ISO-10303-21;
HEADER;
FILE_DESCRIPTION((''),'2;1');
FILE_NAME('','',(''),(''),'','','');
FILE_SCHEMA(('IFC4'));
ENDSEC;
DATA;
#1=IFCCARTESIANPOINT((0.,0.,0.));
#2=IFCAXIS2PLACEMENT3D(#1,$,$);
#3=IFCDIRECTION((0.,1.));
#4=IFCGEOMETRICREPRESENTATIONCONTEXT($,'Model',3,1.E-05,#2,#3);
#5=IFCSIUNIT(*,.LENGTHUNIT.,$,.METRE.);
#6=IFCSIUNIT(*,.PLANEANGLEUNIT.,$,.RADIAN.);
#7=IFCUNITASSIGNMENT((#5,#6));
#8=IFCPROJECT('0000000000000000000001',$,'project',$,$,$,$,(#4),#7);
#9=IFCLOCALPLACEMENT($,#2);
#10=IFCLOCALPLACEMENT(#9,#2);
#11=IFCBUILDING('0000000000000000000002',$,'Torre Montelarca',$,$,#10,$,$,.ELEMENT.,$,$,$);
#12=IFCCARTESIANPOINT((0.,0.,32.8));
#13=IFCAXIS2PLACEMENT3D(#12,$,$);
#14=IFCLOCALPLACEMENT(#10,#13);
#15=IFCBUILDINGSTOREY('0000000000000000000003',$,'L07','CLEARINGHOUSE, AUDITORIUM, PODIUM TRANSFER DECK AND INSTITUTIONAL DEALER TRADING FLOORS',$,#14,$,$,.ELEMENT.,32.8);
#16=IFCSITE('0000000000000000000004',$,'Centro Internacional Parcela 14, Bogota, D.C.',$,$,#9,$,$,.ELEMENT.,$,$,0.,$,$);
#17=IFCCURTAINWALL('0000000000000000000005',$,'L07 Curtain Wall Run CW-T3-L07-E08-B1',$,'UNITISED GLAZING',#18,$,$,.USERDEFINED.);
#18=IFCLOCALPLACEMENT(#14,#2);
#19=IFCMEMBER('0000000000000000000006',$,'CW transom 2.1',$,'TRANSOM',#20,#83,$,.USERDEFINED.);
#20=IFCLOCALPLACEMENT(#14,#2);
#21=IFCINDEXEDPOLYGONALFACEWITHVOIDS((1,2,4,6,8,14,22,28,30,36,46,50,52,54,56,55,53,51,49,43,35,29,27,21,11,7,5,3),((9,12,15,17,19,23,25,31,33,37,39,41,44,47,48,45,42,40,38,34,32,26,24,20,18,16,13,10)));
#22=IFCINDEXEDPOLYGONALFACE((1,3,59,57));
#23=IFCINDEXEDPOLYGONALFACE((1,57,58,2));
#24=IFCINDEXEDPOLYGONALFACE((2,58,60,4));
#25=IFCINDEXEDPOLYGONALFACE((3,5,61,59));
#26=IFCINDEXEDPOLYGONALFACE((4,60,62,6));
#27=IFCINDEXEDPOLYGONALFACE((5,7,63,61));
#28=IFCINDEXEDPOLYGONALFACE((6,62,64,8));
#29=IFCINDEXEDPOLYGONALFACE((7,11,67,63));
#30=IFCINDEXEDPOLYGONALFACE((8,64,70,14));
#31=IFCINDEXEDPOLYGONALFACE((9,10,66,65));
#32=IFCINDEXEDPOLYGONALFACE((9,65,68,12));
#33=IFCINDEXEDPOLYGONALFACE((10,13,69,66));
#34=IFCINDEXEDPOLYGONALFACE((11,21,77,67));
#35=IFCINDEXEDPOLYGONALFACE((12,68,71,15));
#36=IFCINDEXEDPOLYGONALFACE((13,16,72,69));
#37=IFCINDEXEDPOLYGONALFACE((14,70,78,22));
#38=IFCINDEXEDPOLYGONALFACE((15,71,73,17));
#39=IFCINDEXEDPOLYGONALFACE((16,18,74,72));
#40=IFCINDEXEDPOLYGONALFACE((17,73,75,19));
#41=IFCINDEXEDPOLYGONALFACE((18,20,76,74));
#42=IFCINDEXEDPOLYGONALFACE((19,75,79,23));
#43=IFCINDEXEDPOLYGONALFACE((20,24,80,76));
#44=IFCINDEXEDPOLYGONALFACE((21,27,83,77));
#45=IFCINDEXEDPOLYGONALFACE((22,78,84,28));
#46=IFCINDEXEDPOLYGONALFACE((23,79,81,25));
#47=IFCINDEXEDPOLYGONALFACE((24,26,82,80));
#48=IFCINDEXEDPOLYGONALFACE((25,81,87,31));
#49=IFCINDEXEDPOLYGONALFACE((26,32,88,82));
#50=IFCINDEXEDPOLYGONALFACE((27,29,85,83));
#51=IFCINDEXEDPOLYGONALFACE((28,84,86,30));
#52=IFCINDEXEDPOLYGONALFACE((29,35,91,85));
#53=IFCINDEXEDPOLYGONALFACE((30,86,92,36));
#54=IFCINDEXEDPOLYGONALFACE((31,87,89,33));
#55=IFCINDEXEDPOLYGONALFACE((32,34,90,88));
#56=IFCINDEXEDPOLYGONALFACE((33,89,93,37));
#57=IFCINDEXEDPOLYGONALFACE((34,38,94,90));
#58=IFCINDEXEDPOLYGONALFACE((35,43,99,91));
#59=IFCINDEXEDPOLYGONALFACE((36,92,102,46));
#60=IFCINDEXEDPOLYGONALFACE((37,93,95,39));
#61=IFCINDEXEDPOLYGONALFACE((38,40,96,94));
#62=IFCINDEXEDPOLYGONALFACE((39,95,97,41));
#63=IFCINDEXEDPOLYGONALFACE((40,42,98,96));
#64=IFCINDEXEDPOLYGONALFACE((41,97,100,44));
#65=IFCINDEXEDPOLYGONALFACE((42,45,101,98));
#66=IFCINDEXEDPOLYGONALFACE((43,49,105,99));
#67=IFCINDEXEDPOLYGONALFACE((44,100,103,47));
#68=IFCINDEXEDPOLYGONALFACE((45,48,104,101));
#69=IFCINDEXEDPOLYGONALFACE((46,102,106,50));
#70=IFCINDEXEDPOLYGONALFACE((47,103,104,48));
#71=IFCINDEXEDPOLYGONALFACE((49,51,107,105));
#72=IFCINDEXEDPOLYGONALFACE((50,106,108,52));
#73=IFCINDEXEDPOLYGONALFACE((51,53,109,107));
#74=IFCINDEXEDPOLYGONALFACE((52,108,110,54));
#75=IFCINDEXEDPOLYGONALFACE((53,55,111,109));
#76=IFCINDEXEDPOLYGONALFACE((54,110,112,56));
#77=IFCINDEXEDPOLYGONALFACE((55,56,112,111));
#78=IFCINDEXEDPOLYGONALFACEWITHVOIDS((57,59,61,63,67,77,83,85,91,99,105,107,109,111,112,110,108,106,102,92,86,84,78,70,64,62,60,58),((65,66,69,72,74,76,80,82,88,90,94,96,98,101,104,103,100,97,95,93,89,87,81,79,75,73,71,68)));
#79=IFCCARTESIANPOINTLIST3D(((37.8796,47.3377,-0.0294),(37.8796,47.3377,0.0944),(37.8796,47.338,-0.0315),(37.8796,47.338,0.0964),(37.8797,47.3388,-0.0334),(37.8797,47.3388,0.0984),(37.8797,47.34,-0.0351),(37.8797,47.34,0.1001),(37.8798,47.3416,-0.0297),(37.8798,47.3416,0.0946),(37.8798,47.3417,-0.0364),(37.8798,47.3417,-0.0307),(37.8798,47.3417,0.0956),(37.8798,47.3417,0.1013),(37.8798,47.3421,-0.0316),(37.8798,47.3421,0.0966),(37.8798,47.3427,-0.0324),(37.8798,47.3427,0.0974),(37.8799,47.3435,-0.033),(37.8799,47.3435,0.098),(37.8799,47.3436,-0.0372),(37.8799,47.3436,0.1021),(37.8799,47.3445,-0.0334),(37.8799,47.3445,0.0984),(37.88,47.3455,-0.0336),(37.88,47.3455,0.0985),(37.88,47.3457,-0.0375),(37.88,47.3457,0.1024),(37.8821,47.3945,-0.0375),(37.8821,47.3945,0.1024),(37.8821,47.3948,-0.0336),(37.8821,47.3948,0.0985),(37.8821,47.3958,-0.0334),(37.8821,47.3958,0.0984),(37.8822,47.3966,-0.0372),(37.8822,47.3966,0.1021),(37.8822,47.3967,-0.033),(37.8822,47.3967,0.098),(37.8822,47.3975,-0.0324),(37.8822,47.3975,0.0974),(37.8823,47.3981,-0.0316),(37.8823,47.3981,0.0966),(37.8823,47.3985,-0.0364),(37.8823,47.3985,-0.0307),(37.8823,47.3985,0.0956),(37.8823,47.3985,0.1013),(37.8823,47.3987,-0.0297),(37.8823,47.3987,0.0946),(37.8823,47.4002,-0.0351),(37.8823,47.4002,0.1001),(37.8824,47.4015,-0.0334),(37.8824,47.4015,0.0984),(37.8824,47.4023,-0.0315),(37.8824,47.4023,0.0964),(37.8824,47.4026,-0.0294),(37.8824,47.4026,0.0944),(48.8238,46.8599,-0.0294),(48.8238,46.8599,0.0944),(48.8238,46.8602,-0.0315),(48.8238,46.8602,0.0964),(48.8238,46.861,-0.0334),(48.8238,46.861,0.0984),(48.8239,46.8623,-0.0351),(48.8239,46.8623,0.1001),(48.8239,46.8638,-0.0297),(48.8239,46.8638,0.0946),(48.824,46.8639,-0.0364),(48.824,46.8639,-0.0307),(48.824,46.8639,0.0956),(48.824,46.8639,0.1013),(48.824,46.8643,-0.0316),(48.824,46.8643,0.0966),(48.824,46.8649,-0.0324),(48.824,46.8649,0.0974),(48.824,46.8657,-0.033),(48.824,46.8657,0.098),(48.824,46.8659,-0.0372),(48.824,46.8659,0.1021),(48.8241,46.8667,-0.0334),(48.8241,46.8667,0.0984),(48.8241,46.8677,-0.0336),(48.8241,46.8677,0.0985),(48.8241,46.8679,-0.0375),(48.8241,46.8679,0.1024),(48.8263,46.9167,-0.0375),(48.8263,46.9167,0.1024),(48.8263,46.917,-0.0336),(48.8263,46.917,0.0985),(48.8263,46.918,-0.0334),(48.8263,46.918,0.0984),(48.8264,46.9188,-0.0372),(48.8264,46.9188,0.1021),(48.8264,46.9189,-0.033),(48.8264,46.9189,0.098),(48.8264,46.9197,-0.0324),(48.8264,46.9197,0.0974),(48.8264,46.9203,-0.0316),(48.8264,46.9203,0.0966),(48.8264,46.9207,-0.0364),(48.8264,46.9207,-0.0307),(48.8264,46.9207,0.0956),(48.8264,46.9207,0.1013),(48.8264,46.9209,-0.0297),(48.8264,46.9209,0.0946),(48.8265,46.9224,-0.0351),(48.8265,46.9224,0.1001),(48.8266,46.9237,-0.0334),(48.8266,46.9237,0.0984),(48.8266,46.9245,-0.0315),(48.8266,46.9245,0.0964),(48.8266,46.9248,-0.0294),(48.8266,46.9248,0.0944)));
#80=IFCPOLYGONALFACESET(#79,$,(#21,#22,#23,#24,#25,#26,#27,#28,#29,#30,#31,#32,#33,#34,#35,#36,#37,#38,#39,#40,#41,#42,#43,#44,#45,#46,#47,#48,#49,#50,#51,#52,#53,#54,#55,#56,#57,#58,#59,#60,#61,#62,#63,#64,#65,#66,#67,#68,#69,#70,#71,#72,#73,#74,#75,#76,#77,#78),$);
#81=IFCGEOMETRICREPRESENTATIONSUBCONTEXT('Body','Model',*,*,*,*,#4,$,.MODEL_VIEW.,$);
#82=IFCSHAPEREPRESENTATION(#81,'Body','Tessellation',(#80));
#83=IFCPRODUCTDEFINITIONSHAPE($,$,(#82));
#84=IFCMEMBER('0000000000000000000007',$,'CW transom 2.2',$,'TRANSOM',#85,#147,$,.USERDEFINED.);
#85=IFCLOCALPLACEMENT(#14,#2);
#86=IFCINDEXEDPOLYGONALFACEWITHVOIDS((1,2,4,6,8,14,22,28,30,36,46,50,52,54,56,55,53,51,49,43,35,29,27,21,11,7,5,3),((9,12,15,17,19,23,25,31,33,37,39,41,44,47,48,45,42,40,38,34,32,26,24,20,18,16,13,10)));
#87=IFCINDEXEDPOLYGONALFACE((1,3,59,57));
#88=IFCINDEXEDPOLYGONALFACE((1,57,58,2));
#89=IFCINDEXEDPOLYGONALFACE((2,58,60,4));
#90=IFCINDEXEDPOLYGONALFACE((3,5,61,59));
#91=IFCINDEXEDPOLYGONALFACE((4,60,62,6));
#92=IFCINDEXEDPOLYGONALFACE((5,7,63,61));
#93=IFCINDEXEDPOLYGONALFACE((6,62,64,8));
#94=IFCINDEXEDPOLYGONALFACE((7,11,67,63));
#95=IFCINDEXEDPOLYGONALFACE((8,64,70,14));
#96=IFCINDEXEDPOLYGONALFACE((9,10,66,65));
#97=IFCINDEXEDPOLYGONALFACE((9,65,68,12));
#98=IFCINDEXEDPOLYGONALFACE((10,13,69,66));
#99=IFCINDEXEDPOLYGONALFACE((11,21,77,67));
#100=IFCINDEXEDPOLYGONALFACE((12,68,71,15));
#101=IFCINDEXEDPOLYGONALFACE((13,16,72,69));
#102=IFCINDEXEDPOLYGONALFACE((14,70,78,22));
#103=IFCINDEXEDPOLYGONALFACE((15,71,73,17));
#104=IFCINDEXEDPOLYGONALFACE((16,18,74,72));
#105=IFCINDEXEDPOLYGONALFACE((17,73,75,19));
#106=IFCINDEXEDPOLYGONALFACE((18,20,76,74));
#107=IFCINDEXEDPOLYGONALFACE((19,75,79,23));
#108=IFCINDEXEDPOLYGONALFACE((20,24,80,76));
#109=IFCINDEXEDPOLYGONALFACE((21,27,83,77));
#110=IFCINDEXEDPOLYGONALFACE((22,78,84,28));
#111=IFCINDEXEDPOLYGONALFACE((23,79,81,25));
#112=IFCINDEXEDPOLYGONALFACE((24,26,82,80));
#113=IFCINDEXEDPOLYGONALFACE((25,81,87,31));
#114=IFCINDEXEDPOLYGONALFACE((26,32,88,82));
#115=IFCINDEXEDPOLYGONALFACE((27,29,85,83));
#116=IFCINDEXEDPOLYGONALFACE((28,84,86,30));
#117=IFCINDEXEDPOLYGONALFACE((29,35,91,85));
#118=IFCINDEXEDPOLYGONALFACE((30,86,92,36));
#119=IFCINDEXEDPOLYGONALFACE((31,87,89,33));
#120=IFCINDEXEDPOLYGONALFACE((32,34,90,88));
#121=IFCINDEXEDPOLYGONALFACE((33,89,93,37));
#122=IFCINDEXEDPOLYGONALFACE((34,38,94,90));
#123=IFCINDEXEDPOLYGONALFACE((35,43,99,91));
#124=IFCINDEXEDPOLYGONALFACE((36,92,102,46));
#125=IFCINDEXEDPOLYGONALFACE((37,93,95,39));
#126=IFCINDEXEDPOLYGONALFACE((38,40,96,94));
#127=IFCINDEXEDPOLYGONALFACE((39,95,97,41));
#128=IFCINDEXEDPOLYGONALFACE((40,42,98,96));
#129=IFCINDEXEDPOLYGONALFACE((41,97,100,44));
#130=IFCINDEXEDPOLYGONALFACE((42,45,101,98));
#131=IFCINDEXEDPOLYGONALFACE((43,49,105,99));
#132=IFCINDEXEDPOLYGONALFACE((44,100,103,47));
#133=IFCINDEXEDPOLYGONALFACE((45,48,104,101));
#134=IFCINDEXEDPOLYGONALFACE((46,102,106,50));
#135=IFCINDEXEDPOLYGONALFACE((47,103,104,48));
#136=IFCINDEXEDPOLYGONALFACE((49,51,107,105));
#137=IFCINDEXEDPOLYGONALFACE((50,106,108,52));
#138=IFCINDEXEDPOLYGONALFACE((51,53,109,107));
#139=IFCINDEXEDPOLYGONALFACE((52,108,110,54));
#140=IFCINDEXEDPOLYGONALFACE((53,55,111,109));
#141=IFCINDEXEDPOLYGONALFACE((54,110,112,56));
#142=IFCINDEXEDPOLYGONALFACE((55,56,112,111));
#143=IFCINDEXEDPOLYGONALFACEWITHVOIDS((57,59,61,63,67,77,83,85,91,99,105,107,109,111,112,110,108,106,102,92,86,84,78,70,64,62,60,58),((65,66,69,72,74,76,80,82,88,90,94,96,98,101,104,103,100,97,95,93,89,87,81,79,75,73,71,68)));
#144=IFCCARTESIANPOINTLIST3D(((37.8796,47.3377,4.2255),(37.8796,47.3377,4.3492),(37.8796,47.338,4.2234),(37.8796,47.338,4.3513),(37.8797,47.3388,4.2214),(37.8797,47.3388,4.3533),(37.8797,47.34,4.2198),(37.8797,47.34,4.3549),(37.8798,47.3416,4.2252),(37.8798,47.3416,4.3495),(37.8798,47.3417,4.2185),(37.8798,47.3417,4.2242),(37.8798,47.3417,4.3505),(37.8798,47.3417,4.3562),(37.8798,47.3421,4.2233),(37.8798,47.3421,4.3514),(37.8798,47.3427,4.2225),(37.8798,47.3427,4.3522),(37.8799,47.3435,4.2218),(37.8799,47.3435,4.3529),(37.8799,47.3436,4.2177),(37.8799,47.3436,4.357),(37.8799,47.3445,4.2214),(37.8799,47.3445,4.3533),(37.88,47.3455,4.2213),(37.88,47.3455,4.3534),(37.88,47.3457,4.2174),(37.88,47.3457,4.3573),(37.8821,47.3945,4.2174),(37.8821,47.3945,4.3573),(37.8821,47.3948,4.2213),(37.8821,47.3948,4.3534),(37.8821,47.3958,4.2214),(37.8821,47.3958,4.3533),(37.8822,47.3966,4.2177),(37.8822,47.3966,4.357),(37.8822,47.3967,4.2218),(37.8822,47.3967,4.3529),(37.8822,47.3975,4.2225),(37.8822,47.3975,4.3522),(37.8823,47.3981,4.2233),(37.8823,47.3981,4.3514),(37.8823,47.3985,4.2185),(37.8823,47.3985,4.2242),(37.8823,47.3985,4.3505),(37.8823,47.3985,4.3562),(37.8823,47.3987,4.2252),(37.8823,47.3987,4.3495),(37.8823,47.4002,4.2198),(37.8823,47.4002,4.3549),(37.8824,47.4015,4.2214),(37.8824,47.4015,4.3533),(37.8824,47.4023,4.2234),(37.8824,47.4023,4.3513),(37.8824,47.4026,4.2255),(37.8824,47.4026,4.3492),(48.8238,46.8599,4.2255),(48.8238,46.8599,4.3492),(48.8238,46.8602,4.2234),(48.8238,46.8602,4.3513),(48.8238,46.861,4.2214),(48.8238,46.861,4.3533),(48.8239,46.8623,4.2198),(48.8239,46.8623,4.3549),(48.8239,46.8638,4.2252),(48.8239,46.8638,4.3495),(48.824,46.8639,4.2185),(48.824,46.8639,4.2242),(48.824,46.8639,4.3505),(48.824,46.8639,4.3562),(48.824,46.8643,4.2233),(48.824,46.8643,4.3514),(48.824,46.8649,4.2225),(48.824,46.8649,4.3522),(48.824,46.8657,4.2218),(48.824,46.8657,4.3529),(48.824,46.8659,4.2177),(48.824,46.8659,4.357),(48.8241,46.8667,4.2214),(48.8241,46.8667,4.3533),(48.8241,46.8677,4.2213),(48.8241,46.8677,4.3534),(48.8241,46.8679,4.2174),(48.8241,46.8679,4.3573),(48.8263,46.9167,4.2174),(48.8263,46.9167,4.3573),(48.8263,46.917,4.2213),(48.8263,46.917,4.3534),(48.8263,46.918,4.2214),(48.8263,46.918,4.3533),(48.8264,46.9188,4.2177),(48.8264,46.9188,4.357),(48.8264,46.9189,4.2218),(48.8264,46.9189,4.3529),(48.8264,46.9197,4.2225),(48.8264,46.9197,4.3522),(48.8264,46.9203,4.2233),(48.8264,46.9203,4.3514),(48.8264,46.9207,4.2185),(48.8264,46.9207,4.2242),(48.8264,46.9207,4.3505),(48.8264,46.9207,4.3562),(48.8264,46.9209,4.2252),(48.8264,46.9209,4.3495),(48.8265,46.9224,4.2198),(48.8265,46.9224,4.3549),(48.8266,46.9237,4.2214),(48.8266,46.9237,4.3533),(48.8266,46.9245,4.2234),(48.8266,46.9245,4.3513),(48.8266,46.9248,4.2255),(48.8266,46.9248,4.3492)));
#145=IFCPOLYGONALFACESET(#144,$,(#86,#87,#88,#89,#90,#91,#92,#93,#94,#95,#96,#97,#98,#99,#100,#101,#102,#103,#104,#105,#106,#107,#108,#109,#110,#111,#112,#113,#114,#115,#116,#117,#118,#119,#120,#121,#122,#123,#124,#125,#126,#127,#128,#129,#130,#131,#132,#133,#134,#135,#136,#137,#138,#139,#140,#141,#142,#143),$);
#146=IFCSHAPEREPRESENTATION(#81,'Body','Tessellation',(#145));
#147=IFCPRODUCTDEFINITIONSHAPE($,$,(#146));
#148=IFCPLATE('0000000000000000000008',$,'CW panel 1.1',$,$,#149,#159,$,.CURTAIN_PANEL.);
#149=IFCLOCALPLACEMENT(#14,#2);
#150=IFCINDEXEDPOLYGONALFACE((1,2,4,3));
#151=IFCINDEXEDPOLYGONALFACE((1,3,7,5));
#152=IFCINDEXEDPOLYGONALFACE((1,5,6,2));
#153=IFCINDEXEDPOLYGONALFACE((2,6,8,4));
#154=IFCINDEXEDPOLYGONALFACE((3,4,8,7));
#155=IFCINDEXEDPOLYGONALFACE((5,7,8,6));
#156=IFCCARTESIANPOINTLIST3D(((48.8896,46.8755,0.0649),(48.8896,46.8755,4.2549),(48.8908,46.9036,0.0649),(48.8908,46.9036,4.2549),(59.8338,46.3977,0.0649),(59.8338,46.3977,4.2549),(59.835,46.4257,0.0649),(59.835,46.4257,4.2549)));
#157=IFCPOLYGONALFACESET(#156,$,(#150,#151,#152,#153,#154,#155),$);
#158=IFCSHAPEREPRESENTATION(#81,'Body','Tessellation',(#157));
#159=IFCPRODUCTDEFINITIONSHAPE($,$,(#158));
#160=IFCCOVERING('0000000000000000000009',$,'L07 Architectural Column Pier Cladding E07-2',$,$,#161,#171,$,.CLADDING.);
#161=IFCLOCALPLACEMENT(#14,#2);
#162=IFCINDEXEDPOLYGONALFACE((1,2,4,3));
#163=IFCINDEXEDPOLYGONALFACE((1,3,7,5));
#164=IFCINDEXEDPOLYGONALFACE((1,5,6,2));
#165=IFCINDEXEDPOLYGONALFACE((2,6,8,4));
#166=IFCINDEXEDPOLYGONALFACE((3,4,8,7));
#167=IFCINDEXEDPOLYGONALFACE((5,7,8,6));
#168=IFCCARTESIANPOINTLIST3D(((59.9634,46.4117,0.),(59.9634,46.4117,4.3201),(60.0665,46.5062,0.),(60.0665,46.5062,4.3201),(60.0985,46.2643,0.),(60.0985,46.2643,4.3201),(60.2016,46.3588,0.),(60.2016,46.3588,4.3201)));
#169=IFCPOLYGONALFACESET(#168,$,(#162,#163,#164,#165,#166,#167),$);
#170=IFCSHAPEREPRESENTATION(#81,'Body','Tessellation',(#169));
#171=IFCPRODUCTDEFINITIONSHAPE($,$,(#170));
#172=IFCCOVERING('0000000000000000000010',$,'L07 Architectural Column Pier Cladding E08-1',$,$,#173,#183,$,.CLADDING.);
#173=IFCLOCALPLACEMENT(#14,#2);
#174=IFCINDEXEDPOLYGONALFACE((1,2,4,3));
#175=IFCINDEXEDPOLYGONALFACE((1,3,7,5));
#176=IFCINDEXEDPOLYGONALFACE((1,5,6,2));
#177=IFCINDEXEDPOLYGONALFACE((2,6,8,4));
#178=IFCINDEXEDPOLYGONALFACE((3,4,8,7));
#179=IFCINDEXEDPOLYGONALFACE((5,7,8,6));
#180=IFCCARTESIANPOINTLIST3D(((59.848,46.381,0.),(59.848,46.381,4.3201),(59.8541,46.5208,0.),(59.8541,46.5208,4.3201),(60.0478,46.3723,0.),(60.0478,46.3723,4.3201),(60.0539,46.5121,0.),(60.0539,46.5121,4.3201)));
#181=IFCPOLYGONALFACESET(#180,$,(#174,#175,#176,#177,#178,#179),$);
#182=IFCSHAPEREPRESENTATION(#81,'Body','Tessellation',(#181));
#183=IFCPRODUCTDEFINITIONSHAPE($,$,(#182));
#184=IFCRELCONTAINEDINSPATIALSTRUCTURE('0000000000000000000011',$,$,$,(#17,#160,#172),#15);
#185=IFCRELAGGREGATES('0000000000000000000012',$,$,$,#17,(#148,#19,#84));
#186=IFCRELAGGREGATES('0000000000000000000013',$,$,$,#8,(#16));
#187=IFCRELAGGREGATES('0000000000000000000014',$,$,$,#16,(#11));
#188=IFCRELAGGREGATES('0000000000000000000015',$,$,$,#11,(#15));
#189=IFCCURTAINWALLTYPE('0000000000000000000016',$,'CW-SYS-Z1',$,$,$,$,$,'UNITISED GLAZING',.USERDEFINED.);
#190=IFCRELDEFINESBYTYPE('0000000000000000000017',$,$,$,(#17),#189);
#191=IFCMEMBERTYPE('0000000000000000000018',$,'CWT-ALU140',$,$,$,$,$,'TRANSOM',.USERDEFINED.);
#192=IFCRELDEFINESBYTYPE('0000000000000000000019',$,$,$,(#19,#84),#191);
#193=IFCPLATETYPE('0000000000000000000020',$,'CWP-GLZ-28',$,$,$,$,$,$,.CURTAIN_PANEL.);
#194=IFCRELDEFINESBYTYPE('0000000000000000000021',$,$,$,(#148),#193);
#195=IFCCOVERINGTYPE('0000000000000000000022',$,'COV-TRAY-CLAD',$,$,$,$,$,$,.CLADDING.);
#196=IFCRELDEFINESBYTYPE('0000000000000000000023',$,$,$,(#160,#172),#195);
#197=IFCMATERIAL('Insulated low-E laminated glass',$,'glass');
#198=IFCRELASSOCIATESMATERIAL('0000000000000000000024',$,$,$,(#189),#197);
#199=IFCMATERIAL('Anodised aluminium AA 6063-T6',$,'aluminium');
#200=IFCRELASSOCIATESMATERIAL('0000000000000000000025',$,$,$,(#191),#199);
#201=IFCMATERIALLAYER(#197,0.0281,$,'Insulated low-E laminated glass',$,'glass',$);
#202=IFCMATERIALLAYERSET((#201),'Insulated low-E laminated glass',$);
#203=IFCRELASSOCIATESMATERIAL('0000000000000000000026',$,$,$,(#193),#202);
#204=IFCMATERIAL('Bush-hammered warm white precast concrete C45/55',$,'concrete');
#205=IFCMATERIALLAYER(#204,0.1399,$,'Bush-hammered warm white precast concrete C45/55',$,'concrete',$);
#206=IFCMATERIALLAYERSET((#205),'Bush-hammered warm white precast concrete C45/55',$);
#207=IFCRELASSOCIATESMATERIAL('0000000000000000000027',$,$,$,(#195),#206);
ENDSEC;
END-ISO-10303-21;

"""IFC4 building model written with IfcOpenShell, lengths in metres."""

from ifc_helpers import new_model, si_unit, direction, frame, origin, origin_2d, place, context, subcontext, project, spatial, rectangle, hollow_rectangle, extrude, source, transform, mapped, material, layer, layer_set, material_profile, profile_set, type_object, element, aggregate, save


model = new_model("IFC4")

# Units and contexts
model_context = context("Model", 3, precision=1e-05, world=origin(), true_north=direction((0.0, 1.0)))
body_context = subcontext(model_context, "Body", "Model", "MODEL_VIEW")
ifc_project = project(units=[si_unit("LENGTHUNIT", "METRE"), si_unit("PLANEANGLEUNIT", "RADIAN")], contexts=[model_context])

# Site, building, storey
site_placement = place(None, origin())
site = spatial("IfcSite", under=ifc_project, at=site_placement, Name="Centro Internacional Parcela 14, Bogota, D.C.", CompositionType="ELEMENT", RefElevation=0.0)
building_placement = place(site_placement, origin())
building = spatial("IfcBuilding", under=site, at=building_placement, Name="Torre Montelarca", CompositionType="ELEMENT")
storey_placement = place(building_placement, frame((0.0, 0.0, 32.8)))
storey = spatial("IfcBuildingStorey", under=building, at=storey_placement, Name="L07", Description="CLEARINGHOUSE, AUDITORIUM, PODIUM TRANSFER DECK AND INSTITUTIONAL DEALER TRADING FLOORS", CompositionType="ELEMENT", Elevation=32.8)

# Shared definitions
ifc_material_1 = material(Name="Insulated low-E laminated glass", Category="glass")
curtain_wall_type = type_object("IfcCurtainWallType", Name="CW-SYS-Z1", ElementType="UNITISED GLAZING", PredefinedType="USERDEFINED", material=ifc_material_1)
ifc_material_2 = material(Name="Anodised aluminium AA 6063-T6", Category="aluminium")

# Curtain wall, members, plate
curtain_wall_1_placement = place(storey_placement, origin())
curtain_wall_1 = element("IfcCurtainWall", 1, at=curtain_wall_1_placement, inside=storey, type_object=curtain_wall_type, Name="L07 Curtain Wall Run CW-T3-L07-E08-B1", ObjectType="UNITISED GLAZING", PredefinedType="USERDEFINED")
ifc_material_profile_1 = material_profile(ifc_material_2, hollow_rectangle(XDim=0.0649, YDim=0.1399, WallThickness=0.0039, InnerFilletRadius=0.0039, OuterFilletRadius=0.0081, at=origin_2d()), Name="ALU65X140X4", Category="aluminium")
ifc_profile_set_1 = profile_set([ifc_material_profile_1], Name="Anodised aluminium AA 6063-T6")
member_type_1 = type_object("IfcMemberType", Name="CWT-ALU140", ElementType="TRANSOM", PredefinedType="USERDEFINED", material=ifc_profile_set_1)
shared_shape_1 = source(origin(), body_context, "Body", "SweptSolid", [
    extrude(hollow_rectangle(XDim=0.0649, YDim=0.1399, WallThickness=0.0039, InnerFilletRadius=0.0039, OuterFilletRadius=0.0081, at=origin_2d()), origin(), (0.0, 0.0, 1.0), 10.9546),
])
member_1_placement = place(storey_placement, frame((48.8252, 46.8923, 0.0325), z_axis=(-0.999048, 0.043615, 0.0), x_axis=(-0.043615, -0.999048, 0.0)))
member_1 = element("IfcMember", 2, at=member_1_placement, type_object=member_type_1, Name="CW transom 2.1", ObjectType="TRANSOM", PredefinedType="USERDEFINED", context=body_context, shape_type="MappedRepresentation", body=[
    mapped(shared_shape_1, transform((0.0, 0.0, 0.0), scale=1.0)),
])
member_2_placement = place(storey_placement, frame((48.8252, 46.8923, 4.2874), z_axis=(-0.999048, 0.043615, 0.0), x_axis=(-0.043615, -0.999048, 0.0)))
member_2 = element("IfcMember", 3, at=member_2_placement, type_object=member_type_1, Name="CW transom 2.2", ObjectType="TRANSOM", PredefinedType="USERDEFINED", context=body_context, shape_type="MappedRepresentation", body=[
    mapped(shared_shape_1, transform((0.0, 0.0, 0.0), scale=1.0)),
])
ifc_layer_1 = layer(ifc_material_1, 0.0281, Name="Insulated low-E laminated glass", Category="glass")
ifc_layer_set_1 = layer_set([ifc_layer_1], Name="Insulated low-E laminated glass")
plate_type = type_object("IfcPlateType", Name="CWP-GLZ-28", PredefinedType="CURTAIN_PANEL", material=ifc_layer_set_1)
shared_shape_2 = source(origin(), body_context, "Body", "SweptSolid", [
    extrude(rectangle(XDim=10.9546, YDim=0.0281, at=origin_2d()), origin(), (0.0, 0.0, 1.0), 4.1899),
])
plate_placement = place(storey_placement, frame((54.3623, 46.6506, 0.0649), z_axis=(0.0, 0.0, 1.0), x_axis=(-0.999048, 0.043621, 0.0)))
plate = element("IfcPlate", 4, at=plate_placement, type_object=plate_type, Name="CW panel 1.1", PredefinedType="CURTAIN_PANEL", context=body_context, shape_type="MappedRepresentation", body=[
    mapped(shared_shape_2, transform((0.0, 0.0, 0.0), scale=1.0)),
])
aggregate(curtain_wall_1, [plate, member_1, member_2])

# Coverings
ifc_material_3 = material(Name="Bush-hammered warm white precast concrete C45/55", Category="concrete")
ifc_layer_2 = layer(ifc_material_3, 0.1399, Name="Bush-hammered warm white precast concrete C45/55", Category="concrete")
ifc_layer_set_2 = layer_set([ifc_layer_2], Name="Bush-hammered warm white precast concrete C45/55")
covering_type = type_object("IfcCoveringType", Name="COV-TRAY-CLAD", PredefinedType="CLADDING", material=ifc_layer_set_2)
shared_shape_3 = source(origin(), body_context, "Body", "SweptSolid", [
    extrude(rectangle(XDim=0.2, YDim=0.1399, at=origin_2d()), origin(), (0.0, 0.0, 1.0), 4.3201),
])
for number, where, z_axis, x_axis, name in (
    (5, (60.0825, 46.3853, 0.0), (0.0, 0.0, 1.0), (-0.675586, 0.737281, 0.0), "L07 Architectural Column Pier Cladding E07-2"),
    (6, (59.9509, 46.4465, 0.0), (0.0, 0.0, 1.0), (-0.999048, 0.043621, 0.0), "L07 Architectural Column Pier Cladding E08-1"),
):
    element("IfcCovering", number, at=place(storey_placement, frame(where, z_axis=z_axis, x_axis=x_axis)), inside=storey, type_object=covering_type, Name=name, PredefinedType="CLADDING", context=body_context, shape_type="MappedRepresentation", body=[
        mapped(shared_shape_3, transform((0.0, 0.0, 0.0), scale=1.0)),
    ])

save(model, "model.ifc")
